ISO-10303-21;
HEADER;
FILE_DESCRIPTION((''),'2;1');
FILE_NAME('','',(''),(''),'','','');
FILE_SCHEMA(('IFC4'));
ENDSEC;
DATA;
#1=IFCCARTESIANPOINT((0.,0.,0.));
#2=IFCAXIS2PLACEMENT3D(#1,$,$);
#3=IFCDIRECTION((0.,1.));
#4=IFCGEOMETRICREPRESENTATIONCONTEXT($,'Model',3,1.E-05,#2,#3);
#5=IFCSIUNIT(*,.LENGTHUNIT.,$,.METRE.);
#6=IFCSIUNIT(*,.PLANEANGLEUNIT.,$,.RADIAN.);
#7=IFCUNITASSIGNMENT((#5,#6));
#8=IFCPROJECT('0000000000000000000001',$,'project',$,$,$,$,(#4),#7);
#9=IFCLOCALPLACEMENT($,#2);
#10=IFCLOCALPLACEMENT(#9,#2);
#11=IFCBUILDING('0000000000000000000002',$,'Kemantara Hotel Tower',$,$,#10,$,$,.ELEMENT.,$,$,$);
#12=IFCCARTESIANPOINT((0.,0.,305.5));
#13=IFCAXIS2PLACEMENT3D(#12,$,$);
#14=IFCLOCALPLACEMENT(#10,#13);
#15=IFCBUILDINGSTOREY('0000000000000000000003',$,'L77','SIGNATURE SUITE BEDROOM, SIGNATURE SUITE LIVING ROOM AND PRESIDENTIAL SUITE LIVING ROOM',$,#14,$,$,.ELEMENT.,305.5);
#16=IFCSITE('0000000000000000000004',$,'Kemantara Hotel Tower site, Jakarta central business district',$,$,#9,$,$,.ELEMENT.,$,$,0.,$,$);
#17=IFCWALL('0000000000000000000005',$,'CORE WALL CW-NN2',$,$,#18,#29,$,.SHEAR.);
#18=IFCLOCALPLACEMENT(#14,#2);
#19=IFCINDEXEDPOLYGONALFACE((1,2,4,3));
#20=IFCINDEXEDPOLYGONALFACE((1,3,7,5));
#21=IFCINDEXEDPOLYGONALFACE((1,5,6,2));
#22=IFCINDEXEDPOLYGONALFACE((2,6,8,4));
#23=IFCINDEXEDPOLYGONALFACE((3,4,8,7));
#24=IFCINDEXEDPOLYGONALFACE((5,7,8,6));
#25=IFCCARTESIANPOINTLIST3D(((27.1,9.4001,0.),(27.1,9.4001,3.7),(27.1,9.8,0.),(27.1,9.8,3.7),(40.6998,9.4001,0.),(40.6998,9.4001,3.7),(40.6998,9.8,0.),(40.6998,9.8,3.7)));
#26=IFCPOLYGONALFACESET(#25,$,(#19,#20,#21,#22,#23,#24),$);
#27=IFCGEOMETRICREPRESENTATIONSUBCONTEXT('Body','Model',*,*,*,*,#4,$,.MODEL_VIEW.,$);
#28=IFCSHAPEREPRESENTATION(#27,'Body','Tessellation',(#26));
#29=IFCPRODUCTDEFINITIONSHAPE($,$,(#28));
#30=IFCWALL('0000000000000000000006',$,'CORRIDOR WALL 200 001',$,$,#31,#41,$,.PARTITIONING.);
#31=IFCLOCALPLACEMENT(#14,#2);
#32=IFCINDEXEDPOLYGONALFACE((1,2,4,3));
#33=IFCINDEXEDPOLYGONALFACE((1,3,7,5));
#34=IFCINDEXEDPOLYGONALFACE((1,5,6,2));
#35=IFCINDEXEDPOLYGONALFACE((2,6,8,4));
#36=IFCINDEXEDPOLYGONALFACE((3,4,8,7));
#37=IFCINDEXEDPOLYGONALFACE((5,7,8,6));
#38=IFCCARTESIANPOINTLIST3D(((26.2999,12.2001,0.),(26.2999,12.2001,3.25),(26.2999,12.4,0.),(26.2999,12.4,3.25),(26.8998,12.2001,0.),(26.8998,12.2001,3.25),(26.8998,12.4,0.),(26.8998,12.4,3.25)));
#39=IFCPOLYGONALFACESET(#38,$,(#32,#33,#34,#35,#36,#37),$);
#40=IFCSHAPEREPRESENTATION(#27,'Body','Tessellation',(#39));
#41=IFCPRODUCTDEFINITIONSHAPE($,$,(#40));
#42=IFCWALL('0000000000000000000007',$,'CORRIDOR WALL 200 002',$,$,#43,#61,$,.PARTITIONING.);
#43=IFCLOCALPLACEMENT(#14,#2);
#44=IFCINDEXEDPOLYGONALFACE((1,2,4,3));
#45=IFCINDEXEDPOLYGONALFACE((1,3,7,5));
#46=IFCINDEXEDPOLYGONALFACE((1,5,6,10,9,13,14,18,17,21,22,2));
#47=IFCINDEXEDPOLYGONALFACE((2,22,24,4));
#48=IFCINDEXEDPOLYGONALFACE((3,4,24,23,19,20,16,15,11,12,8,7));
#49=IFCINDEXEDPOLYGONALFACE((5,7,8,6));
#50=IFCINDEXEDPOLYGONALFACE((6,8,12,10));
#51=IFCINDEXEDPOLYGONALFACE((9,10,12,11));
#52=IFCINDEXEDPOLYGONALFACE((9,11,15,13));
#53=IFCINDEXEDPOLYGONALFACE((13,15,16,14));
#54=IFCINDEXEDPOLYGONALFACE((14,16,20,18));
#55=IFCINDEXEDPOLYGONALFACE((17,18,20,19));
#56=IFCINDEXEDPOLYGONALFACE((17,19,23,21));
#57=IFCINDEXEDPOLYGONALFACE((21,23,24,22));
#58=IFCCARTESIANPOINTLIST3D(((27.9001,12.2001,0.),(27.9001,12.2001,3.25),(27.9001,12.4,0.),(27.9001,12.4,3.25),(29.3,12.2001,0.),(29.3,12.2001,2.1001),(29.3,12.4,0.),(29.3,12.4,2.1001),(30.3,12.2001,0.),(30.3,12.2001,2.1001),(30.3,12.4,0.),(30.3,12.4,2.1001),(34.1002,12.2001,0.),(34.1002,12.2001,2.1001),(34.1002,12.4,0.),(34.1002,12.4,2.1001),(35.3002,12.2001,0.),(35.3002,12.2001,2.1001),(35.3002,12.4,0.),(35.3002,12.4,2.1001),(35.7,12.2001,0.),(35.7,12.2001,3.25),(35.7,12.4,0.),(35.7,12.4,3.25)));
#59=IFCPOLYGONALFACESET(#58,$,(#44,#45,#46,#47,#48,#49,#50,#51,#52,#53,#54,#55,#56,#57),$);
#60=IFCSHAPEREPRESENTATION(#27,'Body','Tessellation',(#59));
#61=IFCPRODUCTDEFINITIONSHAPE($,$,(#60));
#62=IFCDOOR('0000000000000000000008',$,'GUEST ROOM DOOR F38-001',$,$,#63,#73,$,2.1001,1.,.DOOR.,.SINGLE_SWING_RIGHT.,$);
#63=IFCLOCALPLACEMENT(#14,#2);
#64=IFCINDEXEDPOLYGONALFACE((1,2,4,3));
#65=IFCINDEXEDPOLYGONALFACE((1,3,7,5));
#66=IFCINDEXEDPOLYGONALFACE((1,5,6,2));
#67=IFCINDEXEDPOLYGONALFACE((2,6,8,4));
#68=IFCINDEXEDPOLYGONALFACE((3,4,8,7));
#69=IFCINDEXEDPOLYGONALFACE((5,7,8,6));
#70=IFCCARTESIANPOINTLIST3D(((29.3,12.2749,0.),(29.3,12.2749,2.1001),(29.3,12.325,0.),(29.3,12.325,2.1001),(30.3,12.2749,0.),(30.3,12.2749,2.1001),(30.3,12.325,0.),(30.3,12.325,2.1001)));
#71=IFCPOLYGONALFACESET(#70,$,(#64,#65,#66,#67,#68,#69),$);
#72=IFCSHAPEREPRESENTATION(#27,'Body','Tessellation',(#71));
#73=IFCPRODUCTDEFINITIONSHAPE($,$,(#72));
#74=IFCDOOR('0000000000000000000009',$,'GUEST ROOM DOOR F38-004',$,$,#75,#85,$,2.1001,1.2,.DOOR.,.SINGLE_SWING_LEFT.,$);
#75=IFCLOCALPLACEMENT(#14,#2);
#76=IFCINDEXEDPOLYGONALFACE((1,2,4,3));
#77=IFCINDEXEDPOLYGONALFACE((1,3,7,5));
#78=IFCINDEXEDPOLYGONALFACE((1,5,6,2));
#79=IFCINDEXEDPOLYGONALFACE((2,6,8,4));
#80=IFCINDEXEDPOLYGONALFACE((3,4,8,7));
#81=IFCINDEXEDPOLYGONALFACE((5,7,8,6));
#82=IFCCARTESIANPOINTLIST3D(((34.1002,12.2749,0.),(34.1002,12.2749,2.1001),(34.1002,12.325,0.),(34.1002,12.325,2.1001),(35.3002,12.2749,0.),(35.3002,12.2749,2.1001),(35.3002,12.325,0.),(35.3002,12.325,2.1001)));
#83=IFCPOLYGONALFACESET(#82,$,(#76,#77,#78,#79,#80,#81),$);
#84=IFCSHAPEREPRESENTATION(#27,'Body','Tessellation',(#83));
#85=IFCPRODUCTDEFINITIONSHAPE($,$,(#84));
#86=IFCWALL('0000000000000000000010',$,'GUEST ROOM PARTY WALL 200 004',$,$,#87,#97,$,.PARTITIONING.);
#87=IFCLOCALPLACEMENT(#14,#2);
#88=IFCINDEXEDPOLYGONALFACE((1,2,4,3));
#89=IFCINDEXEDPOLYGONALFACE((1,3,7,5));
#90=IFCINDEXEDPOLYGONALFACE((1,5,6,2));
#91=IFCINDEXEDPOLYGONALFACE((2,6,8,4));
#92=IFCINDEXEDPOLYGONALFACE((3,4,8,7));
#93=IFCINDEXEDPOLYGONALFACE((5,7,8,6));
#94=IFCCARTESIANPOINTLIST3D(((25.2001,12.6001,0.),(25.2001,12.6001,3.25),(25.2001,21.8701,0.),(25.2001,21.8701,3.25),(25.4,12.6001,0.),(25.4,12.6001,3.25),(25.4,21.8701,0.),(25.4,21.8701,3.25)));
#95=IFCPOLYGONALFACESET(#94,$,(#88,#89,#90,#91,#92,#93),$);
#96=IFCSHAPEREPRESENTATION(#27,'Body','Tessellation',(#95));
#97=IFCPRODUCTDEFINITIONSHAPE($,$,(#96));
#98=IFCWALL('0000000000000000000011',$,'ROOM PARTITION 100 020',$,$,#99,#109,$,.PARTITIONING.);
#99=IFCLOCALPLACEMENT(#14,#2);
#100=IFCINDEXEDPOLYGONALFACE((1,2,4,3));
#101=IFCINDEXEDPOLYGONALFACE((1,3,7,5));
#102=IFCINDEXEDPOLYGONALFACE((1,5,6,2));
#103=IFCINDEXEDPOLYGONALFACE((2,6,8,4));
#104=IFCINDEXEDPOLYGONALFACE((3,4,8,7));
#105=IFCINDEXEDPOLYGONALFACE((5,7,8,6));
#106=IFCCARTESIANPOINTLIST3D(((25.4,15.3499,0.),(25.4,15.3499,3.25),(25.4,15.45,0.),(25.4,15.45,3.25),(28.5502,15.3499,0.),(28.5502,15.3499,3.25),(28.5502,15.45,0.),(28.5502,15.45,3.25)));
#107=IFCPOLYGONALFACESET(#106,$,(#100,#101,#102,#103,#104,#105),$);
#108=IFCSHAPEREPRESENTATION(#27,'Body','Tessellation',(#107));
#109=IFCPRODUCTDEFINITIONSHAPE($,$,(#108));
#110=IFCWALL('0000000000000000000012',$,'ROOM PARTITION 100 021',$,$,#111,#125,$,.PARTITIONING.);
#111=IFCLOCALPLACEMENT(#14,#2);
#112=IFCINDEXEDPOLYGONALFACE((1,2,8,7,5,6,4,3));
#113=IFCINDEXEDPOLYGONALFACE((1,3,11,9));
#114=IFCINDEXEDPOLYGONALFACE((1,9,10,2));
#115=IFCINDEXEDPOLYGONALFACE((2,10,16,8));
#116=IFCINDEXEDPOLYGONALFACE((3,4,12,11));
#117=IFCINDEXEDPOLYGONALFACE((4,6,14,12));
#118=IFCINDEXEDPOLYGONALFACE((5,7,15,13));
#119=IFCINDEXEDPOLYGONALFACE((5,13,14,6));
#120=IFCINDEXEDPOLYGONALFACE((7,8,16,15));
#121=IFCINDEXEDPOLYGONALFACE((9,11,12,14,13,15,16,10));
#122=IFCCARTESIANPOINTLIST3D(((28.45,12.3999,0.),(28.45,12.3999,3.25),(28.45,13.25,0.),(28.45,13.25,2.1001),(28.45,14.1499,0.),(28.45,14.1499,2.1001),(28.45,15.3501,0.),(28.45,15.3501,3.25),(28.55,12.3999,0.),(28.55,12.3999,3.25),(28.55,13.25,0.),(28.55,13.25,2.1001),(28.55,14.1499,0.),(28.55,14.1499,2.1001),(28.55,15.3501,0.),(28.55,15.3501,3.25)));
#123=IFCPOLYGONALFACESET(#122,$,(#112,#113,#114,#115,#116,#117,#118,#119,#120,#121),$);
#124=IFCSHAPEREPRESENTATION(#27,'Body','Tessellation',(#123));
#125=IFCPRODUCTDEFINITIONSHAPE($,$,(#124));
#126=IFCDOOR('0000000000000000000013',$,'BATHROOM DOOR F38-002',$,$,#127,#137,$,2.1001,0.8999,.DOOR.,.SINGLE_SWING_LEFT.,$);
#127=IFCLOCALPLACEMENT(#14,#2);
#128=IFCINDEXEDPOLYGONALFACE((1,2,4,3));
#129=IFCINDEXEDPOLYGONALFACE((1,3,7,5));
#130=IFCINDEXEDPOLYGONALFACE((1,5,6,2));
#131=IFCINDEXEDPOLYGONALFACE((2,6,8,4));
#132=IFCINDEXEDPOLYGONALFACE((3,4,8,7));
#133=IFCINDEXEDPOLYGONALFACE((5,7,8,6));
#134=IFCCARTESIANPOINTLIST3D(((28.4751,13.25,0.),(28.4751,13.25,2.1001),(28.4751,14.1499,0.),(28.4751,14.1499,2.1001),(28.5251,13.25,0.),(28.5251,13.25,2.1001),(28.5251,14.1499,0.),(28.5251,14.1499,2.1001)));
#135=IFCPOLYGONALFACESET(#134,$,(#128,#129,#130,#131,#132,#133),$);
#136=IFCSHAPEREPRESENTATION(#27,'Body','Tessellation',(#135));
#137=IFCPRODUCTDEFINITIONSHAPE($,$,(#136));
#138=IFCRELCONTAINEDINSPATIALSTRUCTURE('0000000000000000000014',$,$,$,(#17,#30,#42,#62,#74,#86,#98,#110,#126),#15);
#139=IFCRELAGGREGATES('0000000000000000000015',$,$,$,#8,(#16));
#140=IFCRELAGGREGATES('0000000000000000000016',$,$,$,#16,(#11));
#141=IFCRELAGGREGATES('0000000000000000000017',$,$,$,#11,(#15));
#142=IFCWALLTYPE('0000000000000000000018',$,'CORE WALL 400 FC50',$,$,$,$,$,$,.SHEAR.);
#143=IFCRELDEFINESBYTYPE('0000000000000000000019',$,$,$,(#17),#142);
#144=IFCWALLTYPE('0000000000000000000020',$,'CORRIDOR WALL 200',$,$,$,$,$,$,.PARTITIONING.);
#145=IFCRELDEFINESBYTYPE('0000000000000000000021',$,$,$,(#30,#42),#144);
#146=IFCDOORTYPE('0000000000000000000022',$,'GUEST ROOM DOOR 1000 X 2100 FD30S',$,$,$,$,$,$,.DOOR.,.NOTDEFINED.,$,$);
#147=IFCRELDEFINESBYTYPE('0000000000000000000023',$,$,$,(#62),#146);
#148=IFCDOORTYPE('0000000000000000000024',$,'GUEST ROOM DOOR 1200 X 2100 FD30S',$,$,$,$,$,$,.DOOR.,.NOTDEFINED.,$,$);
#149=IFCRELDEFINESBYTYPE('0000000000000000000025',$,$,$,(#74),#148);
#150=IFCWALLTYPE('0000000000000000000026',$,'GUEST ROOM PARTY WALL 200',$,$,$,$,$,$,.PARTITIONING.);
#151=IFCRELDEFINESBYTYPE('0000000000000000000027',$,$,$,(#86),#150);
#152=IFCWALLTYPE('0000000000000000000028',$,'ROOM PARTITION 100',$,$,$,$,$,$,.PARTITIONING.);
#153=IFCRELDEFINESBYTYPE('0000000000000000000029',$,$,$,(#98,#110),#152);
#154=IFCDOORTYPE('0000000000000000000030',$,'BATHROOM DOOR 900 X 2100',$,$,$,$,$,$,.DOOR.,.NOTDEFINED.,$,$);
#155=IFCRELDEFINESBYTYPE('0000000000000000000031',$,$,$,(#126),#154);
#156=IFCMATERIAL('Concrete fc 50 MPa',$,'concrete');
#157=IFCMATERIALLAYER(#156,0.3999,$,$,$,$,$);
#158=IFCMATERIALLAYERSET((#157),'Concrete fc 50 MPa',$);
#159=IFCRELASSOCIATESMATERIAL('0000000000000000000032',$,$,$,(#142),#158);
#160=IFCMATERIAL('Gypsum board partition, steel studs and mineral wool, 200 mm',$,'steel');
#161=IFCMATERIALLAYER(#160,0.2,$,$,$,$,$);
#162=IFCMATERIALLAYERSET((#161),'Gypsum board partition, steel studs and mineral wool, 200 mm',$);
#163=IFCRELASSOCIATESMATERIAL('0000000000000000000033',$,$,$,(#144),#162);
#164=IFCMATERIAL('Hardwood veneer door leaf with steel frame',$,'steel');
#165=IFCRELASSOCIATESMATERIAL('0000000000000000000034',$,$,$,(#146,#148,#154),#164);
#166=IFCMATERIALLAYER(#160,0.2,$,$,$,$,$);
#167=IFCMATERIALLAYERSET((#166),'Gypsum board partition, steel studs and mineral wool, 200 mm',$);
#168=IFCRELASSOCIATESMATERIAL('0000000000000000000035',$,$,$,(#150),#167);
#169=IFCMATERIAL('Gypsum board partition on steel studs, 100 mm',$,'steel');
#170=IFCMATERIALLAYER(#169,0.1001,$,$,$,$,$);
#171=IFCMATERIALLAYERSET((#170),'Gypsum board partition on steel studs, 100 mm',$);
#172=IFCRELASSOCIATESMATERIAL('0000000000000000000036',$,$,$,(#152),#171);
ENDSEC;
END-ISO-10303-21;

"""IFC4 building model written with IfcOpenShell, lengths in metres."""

from ifc_helpers import new_model, si_unit, direction, frame, frame_2d, origin, place, context, subcontext, project, spatial, rectangle, extrude, material, layer, layer_set, type_object, element, fill, save


model = new_model("IFC4")

# Units and contexts
model_context = context("Model", 3, precision=1e-05, world=origin(), true_north=direction((0.0, 1.0)))
body_context = subcontext(model_context, "Body", "Model", "MODEL_VIEW")
ifc_project = project(units=[si_unit("LENGTHUNIT", "METRE"), si_unit("PLANEANGLEUNIT", "RADIAN")], contexts=[model_context])

# Site, building, storey
site_placement = place(None, origin())
site = spatial("IfcSite", under=ifc_project, at=site_placement, Name="Kemantara Hotel Tower site, Jakarta central business district", CompositionType="ELEMENT", RefElevation=0.0)
building_placement = place(site_placement, origin())
building = spatial("IfcBuilding", under=site, at=building_placement, Name="Kemantara Hotel Tower", CompositionType="ELEMENT")
storey_placement = place(building_placement, frame((0.0, 0.0, 305.5)))
storey = spatial("IfcBuildingStorey", under=building, at=storey_placement, Name="L77", Description="SIGNATURE SUITE BEDROOM, SIGNATURE SUITE LIVING ROOM AND PRESIDENTIAL SUITE LIVING ROOM", CompositionType="ELEMENT", Elevation=305.5)

# Shared definitions
ifc_material_1 = material(Name="Concrete fc 50 MPa", Category="concrete")

# Shared definitions
ifc_layer_1 = layer(ifc_material_1, 0.3999)
ifc_layer_set_1 = layer_set([ifc_layer_1], Name="Concrete fc 50 MPa")
wall_type_1 = type_object("IfcWallType", Name="CORE WALL 400 FC50", PredefinedType="SHEAR", material=ifc_layer_set_1)

# Walls
wall_1_placement = place(storey_placement, frame((27.1001, 9.6001, 0.0), z_axis=(0.0, 0.0, 1.0), x_axis=(1.0, 0.0, 0.0)))
element("IfcWall", 1, at=wall_1_placement, inside=storey, type_object=wall_type_1, Name="CORE WALL CW-NN2", PredefinedType="SHEAR", context=body_context, shape_type="SweptSolid", body=[
    extrude(rectangle(XDim=13.5999, YDim=0.3999, at=frame_2d((6.7998, 0.0))), origin(), (0.0, 0.0, 1.0), 3.7),
])
ifc_material_2 = material(Name="Gypsum board partition, steel studs and mineral wool, 200 mm", Category="steel")
ifc_layer_2 = layer(ifc_material_2, 0.2)
ifc_layer_set_2 = layer_set([ifc_layer_2], Name="Gypsum board partition, steel studs and mineral wool, 200 mm")
wall_type_2 = type_object("IfcWallType", Name="CORRIDOR WALL 200", PredefinedType="PARTITIONING", material=ifc_layer_set_2)
wall_2_placement = place(storey_placement, frame((26.3, 12.3, 0.0), z_axis=(0.0, 0.0, 1.0), x_axis=(1.0, 0.0, 0.0)))
element("IfcWall", 2, at=wall_2_placement, inside=storey, type_object=wall_type_2, Name="CORRIDOR WALL 200 001", PredefinedType="PARTITIONING", context=body_context, shape_type="SweptSolid", body=[
    extrude(rectangle(XDim=0.5999, YDim=0.2, at=frame_2d((0.2998, 0.0))), origin(), (0.0, 0.0, 1.0), 3.25),
])

# Wall, openings, doors
wall_3_placement = place(storey_placement, frame((27.9001, 12.3, 0.0), z_axis=(0.0, 0.0, 1.0), x_axis=(1.0, 0.0, 0.0)))
wall_3 = element("IfcWall", 3, at=wall_3_placement, inside=storey, type_object=wall_type_2, Name="CORRIDOR WALL 200 002", PredefinedType="PARTITIONING", context=body_context, shape_type="SweptSolid", body=[
    extrude(rectangle(XDim=7.7998, YDim=0.2, at=frame_2d((3.8999, 0.0))), origin(), (0.0, 0.0, 1.0), 3.25),
])
opening_1_placement = place(wall_3_placement, frame((1.3999, 0.0, 0.0)))
opening_1 = element("IfcOpeningElement", 4, at=opening_1_placement, cuts=wall_3, PredefinedType="OPENING", context=body_context, shape_type="SweptSolid", body=[
    extrude(rectangle(XDim=1.0, YDim=2.1001, at=frame_2d((0.5, 1.05))), frame((0.0, 0.1099, 0.0), z_axis=(0.0, -1.0, 0.0), x_axis=(1.0, 0.0, 0.0)), (0.0, 0.0, 1.0), 0.22),
])
opening_2_placement = place(wall_3_placement, frame((6.2, 0.0, 0.0)))
opening_2 = element("IfcOpeningElement", 5, at=opening_2_placement, cuts=wall_3, PredefinedType="OPENING", context=body_context, shape_type="SweptSolid", body=[
    extrude(rectangle(XDim=1.2, YDim=2.1001, at=frame_2d((0.6001, 1.05))), frame((0.0, 0.1099, 0.0), z_axis=(0.0, -1.0, 0.0), x_axis=(1.0, 0.0, 0.0)), (0.0, 0.0, 1.0), 0.22),
])
ifc_material_3 = material(Name="Hardwood veneer door leaf with steel frame", Category="steel")
door_type_1 = type_object("IfcDoorType", Name="GUEST ROOM DOOR 1000 X 2100 FD30S", OperationType="NOTDEFINED", PredefinedType="DOOR", material=ifc_material_3)
door_1_placement = place(opening_1_placement, origin())
door_1 = element("IfcDoor", 6, at=door_1_placement, inside=storey, type_object=door_type_1, Name="GUEST ROOM DOOR F38-001", OperationType="SINGLE_SWING_RIGHT", OverallHeight=2.1001, OverallWidth=1.0, PredefinedType="DOOR", context=body_context, shape_type="SweptSolid", body=[
    extrude(rectangle(XDim=1.0, YDim=2.1001, at=frame_2d((0.5, 1.05))), frame((0.0, 0.0249, 0.0), z_axis=(0.0, -1.0, 0.0), x_axis=(1.0, 0.0, 0.0)), (0.0, 0.0, 1.0), 0.05),
])
fill(opening_1, door_1)
door_type_2 = type_object("IfcDoorType", Name="GUEST ROOM DOOR 1200 X 2100 FD30S", OperationType="NOTDEFINED", PredefinedType="DOOR", material=ifc_material_3)
door_2_placement = place(opening_2_placement, origin())
door_2 = element("IfcDoor", 7, at=door_2_placement, inside=storey, type_object=door_type_2, Name="GUEST ROOM DOOR F38-004", OperationType="SINGLE_SWING_LEFT", OverallHeight=2.1001, OverallWidth=1.2, PredefinedType="DOOR", context=body_context, shape_type="SweptSolid", body=[
    extrude(rectangle(XDim=1.2, YDim=2.1001, at=frame_2d((0.6001, 1.05))), frame((0.0, 0.0249, 0.0), z_axis=(0.0, -1.0, 0.0), x_axis=(1.0, 0.0, 0.0)), (0.0, 0.0, 1.0), 0.05),
])
fill(opening_2, door_2)

# Walls
ifc_layer_3 = layer(ifc_material_2, 0.2)
ifc_layer_set_3 = layer_set([ifc_layer_3], Name="Gypsum board partition, steel studs and mineral wool, 200 mm")
wall_type_3 = type_object("IfcWallType", Name="GUEST ROOM PARTY WALL 200", PredefinedType="PARTITIONING", material=ifc_layer_set_3)
wall_4_placement = place(storey_placement, frame((25.3, 12.6001, 0.0), z_axis=(0.0, 0.0, 1.0), x_axis=(0.0, 1.0, 0.0)))
element("IfcWall", 8, at=wall_4_placement, inside=storey, type_object=wall_type_3, Name="GUEST ROOM PARTY WALL 200 004", PredefinedType="PARTITIONING", context=body_context, shape_type="SweptSolid", body=[
    extrude(rectangle(XDim=9.27, YDim=0.2, at=frame_2d((4.635, 0.0))), origin(), (0.0, 0.0, 1.0), 3.25),
])
ifc_material_4 = material(Name="Gypsum board partition on steel studs, 100 mm", Category="steel")
ifc_layer_4 = layer(ifc_material_4, 0.1001)
ifc_layer_set_4 = layer_set([ifc_layer_4], Name="Gypsum board partition on steel studs, 100 mm")
wall_type_4 = type_object("IfcWallType", Name="ROOM PARTITION 100", PredefinedType="PARTITIONING", material=ifc_layer_set_4)
wall_5_placement = place(storey_placement, frame((25.3999, 15.3999, 0.0), z_axis=(0.0, 0.0, 1.0), x_axis=(1.0, 0.0, 0.0)))
element("IfcWall", 9, at=wall_5_placement, inside=storey, type_object=wall_type_4, Name="ROOM PARTITION 100 020", PredefinedType="PARTITIONING", context=body_context, shape_type="SweptSolid", body=[
    extrude(rectangle(XDim=3.1501, YDim=0.1001, at=frame_2d((1.5752, 0.0))), origin(), (0.0, 0.0, 1.0), 3.25),
])

# Wall, opening, door
wall_6_placement = place(storey_placement, frame((28.5, 12.3999, 0.0), z_axis=(0.0, 0.0, 1.0), x_axis=(0.0, 1.0, 0.0)))
wall_6 = element("IfcWall", 10, at=wall_6_placement, inside=storey, type_object=wall_type_4, Name="ROOM PARTITION 100 021", PredefinedType="PARTITIONING", context=body_context, shape_type="SweptSolid", body=[
    extrude(rectangle(XDim=2.9502, YDim=0.1001, at=frame_2d((1.4751, 0.0))), origin(), (0.0, 0.0, 1.0), 3.25),
])
opening_3_placement = place(wall_6_placement, frame((0.8501, 0.0, 0.0)))
opening_3 = element("IfcOpeningElement", 11, at=opening_3_placement, cuts=wall_6, PredefinedType="OPENING", context=body_context, shape_type="SweptSolid", body=[
    extrude(rectangle(XDim=0.8999, YDim=2.1001, at=frame_2d((0.45, 1.05))), frame((0.0, 0.0601, 0.0), z_axis=(0.0, -1.0, 0.0), x_axis=(1.0, 0.0, 0.0)), (0.0, 0.0, 1.0), 0.1201),
])
door_type_3 = type_object("IfcDoorType", Name="BATHROOM DOOR 900 X 2100", OperationType="NOTDEFINED", PredefinedType="DOOR", material=ifc_material_3)
door_3_placement = place(opening_3_placement, origin())
door_3 = element("IfcDoor", 12, at=door_3_placement, inside=storey, type_object=door_type_3, Name="BATHROOM DOOR F38-002", OperationType="SINGLE_SWING_LEFT", OverallHeight=2.1001, OverallWidth=0.8999, PredefinedType="DOOR", context=body_context, shape_type="SweptSolid", body=[
    extrude(rectangle(XDim=0.8999, YDim=2.1001, at=frame_2d((0.45, 1.05))), frame((0.0, 0.0249, 0.0), z_axis=(0.0, -1.0, 0.0), x_axis=(1.0, 0.0, 0.0)), (0.0, 0.0, 1.0), 0.05),
])
fill(opening_3, door_3)

save(model, "model.ifc")
